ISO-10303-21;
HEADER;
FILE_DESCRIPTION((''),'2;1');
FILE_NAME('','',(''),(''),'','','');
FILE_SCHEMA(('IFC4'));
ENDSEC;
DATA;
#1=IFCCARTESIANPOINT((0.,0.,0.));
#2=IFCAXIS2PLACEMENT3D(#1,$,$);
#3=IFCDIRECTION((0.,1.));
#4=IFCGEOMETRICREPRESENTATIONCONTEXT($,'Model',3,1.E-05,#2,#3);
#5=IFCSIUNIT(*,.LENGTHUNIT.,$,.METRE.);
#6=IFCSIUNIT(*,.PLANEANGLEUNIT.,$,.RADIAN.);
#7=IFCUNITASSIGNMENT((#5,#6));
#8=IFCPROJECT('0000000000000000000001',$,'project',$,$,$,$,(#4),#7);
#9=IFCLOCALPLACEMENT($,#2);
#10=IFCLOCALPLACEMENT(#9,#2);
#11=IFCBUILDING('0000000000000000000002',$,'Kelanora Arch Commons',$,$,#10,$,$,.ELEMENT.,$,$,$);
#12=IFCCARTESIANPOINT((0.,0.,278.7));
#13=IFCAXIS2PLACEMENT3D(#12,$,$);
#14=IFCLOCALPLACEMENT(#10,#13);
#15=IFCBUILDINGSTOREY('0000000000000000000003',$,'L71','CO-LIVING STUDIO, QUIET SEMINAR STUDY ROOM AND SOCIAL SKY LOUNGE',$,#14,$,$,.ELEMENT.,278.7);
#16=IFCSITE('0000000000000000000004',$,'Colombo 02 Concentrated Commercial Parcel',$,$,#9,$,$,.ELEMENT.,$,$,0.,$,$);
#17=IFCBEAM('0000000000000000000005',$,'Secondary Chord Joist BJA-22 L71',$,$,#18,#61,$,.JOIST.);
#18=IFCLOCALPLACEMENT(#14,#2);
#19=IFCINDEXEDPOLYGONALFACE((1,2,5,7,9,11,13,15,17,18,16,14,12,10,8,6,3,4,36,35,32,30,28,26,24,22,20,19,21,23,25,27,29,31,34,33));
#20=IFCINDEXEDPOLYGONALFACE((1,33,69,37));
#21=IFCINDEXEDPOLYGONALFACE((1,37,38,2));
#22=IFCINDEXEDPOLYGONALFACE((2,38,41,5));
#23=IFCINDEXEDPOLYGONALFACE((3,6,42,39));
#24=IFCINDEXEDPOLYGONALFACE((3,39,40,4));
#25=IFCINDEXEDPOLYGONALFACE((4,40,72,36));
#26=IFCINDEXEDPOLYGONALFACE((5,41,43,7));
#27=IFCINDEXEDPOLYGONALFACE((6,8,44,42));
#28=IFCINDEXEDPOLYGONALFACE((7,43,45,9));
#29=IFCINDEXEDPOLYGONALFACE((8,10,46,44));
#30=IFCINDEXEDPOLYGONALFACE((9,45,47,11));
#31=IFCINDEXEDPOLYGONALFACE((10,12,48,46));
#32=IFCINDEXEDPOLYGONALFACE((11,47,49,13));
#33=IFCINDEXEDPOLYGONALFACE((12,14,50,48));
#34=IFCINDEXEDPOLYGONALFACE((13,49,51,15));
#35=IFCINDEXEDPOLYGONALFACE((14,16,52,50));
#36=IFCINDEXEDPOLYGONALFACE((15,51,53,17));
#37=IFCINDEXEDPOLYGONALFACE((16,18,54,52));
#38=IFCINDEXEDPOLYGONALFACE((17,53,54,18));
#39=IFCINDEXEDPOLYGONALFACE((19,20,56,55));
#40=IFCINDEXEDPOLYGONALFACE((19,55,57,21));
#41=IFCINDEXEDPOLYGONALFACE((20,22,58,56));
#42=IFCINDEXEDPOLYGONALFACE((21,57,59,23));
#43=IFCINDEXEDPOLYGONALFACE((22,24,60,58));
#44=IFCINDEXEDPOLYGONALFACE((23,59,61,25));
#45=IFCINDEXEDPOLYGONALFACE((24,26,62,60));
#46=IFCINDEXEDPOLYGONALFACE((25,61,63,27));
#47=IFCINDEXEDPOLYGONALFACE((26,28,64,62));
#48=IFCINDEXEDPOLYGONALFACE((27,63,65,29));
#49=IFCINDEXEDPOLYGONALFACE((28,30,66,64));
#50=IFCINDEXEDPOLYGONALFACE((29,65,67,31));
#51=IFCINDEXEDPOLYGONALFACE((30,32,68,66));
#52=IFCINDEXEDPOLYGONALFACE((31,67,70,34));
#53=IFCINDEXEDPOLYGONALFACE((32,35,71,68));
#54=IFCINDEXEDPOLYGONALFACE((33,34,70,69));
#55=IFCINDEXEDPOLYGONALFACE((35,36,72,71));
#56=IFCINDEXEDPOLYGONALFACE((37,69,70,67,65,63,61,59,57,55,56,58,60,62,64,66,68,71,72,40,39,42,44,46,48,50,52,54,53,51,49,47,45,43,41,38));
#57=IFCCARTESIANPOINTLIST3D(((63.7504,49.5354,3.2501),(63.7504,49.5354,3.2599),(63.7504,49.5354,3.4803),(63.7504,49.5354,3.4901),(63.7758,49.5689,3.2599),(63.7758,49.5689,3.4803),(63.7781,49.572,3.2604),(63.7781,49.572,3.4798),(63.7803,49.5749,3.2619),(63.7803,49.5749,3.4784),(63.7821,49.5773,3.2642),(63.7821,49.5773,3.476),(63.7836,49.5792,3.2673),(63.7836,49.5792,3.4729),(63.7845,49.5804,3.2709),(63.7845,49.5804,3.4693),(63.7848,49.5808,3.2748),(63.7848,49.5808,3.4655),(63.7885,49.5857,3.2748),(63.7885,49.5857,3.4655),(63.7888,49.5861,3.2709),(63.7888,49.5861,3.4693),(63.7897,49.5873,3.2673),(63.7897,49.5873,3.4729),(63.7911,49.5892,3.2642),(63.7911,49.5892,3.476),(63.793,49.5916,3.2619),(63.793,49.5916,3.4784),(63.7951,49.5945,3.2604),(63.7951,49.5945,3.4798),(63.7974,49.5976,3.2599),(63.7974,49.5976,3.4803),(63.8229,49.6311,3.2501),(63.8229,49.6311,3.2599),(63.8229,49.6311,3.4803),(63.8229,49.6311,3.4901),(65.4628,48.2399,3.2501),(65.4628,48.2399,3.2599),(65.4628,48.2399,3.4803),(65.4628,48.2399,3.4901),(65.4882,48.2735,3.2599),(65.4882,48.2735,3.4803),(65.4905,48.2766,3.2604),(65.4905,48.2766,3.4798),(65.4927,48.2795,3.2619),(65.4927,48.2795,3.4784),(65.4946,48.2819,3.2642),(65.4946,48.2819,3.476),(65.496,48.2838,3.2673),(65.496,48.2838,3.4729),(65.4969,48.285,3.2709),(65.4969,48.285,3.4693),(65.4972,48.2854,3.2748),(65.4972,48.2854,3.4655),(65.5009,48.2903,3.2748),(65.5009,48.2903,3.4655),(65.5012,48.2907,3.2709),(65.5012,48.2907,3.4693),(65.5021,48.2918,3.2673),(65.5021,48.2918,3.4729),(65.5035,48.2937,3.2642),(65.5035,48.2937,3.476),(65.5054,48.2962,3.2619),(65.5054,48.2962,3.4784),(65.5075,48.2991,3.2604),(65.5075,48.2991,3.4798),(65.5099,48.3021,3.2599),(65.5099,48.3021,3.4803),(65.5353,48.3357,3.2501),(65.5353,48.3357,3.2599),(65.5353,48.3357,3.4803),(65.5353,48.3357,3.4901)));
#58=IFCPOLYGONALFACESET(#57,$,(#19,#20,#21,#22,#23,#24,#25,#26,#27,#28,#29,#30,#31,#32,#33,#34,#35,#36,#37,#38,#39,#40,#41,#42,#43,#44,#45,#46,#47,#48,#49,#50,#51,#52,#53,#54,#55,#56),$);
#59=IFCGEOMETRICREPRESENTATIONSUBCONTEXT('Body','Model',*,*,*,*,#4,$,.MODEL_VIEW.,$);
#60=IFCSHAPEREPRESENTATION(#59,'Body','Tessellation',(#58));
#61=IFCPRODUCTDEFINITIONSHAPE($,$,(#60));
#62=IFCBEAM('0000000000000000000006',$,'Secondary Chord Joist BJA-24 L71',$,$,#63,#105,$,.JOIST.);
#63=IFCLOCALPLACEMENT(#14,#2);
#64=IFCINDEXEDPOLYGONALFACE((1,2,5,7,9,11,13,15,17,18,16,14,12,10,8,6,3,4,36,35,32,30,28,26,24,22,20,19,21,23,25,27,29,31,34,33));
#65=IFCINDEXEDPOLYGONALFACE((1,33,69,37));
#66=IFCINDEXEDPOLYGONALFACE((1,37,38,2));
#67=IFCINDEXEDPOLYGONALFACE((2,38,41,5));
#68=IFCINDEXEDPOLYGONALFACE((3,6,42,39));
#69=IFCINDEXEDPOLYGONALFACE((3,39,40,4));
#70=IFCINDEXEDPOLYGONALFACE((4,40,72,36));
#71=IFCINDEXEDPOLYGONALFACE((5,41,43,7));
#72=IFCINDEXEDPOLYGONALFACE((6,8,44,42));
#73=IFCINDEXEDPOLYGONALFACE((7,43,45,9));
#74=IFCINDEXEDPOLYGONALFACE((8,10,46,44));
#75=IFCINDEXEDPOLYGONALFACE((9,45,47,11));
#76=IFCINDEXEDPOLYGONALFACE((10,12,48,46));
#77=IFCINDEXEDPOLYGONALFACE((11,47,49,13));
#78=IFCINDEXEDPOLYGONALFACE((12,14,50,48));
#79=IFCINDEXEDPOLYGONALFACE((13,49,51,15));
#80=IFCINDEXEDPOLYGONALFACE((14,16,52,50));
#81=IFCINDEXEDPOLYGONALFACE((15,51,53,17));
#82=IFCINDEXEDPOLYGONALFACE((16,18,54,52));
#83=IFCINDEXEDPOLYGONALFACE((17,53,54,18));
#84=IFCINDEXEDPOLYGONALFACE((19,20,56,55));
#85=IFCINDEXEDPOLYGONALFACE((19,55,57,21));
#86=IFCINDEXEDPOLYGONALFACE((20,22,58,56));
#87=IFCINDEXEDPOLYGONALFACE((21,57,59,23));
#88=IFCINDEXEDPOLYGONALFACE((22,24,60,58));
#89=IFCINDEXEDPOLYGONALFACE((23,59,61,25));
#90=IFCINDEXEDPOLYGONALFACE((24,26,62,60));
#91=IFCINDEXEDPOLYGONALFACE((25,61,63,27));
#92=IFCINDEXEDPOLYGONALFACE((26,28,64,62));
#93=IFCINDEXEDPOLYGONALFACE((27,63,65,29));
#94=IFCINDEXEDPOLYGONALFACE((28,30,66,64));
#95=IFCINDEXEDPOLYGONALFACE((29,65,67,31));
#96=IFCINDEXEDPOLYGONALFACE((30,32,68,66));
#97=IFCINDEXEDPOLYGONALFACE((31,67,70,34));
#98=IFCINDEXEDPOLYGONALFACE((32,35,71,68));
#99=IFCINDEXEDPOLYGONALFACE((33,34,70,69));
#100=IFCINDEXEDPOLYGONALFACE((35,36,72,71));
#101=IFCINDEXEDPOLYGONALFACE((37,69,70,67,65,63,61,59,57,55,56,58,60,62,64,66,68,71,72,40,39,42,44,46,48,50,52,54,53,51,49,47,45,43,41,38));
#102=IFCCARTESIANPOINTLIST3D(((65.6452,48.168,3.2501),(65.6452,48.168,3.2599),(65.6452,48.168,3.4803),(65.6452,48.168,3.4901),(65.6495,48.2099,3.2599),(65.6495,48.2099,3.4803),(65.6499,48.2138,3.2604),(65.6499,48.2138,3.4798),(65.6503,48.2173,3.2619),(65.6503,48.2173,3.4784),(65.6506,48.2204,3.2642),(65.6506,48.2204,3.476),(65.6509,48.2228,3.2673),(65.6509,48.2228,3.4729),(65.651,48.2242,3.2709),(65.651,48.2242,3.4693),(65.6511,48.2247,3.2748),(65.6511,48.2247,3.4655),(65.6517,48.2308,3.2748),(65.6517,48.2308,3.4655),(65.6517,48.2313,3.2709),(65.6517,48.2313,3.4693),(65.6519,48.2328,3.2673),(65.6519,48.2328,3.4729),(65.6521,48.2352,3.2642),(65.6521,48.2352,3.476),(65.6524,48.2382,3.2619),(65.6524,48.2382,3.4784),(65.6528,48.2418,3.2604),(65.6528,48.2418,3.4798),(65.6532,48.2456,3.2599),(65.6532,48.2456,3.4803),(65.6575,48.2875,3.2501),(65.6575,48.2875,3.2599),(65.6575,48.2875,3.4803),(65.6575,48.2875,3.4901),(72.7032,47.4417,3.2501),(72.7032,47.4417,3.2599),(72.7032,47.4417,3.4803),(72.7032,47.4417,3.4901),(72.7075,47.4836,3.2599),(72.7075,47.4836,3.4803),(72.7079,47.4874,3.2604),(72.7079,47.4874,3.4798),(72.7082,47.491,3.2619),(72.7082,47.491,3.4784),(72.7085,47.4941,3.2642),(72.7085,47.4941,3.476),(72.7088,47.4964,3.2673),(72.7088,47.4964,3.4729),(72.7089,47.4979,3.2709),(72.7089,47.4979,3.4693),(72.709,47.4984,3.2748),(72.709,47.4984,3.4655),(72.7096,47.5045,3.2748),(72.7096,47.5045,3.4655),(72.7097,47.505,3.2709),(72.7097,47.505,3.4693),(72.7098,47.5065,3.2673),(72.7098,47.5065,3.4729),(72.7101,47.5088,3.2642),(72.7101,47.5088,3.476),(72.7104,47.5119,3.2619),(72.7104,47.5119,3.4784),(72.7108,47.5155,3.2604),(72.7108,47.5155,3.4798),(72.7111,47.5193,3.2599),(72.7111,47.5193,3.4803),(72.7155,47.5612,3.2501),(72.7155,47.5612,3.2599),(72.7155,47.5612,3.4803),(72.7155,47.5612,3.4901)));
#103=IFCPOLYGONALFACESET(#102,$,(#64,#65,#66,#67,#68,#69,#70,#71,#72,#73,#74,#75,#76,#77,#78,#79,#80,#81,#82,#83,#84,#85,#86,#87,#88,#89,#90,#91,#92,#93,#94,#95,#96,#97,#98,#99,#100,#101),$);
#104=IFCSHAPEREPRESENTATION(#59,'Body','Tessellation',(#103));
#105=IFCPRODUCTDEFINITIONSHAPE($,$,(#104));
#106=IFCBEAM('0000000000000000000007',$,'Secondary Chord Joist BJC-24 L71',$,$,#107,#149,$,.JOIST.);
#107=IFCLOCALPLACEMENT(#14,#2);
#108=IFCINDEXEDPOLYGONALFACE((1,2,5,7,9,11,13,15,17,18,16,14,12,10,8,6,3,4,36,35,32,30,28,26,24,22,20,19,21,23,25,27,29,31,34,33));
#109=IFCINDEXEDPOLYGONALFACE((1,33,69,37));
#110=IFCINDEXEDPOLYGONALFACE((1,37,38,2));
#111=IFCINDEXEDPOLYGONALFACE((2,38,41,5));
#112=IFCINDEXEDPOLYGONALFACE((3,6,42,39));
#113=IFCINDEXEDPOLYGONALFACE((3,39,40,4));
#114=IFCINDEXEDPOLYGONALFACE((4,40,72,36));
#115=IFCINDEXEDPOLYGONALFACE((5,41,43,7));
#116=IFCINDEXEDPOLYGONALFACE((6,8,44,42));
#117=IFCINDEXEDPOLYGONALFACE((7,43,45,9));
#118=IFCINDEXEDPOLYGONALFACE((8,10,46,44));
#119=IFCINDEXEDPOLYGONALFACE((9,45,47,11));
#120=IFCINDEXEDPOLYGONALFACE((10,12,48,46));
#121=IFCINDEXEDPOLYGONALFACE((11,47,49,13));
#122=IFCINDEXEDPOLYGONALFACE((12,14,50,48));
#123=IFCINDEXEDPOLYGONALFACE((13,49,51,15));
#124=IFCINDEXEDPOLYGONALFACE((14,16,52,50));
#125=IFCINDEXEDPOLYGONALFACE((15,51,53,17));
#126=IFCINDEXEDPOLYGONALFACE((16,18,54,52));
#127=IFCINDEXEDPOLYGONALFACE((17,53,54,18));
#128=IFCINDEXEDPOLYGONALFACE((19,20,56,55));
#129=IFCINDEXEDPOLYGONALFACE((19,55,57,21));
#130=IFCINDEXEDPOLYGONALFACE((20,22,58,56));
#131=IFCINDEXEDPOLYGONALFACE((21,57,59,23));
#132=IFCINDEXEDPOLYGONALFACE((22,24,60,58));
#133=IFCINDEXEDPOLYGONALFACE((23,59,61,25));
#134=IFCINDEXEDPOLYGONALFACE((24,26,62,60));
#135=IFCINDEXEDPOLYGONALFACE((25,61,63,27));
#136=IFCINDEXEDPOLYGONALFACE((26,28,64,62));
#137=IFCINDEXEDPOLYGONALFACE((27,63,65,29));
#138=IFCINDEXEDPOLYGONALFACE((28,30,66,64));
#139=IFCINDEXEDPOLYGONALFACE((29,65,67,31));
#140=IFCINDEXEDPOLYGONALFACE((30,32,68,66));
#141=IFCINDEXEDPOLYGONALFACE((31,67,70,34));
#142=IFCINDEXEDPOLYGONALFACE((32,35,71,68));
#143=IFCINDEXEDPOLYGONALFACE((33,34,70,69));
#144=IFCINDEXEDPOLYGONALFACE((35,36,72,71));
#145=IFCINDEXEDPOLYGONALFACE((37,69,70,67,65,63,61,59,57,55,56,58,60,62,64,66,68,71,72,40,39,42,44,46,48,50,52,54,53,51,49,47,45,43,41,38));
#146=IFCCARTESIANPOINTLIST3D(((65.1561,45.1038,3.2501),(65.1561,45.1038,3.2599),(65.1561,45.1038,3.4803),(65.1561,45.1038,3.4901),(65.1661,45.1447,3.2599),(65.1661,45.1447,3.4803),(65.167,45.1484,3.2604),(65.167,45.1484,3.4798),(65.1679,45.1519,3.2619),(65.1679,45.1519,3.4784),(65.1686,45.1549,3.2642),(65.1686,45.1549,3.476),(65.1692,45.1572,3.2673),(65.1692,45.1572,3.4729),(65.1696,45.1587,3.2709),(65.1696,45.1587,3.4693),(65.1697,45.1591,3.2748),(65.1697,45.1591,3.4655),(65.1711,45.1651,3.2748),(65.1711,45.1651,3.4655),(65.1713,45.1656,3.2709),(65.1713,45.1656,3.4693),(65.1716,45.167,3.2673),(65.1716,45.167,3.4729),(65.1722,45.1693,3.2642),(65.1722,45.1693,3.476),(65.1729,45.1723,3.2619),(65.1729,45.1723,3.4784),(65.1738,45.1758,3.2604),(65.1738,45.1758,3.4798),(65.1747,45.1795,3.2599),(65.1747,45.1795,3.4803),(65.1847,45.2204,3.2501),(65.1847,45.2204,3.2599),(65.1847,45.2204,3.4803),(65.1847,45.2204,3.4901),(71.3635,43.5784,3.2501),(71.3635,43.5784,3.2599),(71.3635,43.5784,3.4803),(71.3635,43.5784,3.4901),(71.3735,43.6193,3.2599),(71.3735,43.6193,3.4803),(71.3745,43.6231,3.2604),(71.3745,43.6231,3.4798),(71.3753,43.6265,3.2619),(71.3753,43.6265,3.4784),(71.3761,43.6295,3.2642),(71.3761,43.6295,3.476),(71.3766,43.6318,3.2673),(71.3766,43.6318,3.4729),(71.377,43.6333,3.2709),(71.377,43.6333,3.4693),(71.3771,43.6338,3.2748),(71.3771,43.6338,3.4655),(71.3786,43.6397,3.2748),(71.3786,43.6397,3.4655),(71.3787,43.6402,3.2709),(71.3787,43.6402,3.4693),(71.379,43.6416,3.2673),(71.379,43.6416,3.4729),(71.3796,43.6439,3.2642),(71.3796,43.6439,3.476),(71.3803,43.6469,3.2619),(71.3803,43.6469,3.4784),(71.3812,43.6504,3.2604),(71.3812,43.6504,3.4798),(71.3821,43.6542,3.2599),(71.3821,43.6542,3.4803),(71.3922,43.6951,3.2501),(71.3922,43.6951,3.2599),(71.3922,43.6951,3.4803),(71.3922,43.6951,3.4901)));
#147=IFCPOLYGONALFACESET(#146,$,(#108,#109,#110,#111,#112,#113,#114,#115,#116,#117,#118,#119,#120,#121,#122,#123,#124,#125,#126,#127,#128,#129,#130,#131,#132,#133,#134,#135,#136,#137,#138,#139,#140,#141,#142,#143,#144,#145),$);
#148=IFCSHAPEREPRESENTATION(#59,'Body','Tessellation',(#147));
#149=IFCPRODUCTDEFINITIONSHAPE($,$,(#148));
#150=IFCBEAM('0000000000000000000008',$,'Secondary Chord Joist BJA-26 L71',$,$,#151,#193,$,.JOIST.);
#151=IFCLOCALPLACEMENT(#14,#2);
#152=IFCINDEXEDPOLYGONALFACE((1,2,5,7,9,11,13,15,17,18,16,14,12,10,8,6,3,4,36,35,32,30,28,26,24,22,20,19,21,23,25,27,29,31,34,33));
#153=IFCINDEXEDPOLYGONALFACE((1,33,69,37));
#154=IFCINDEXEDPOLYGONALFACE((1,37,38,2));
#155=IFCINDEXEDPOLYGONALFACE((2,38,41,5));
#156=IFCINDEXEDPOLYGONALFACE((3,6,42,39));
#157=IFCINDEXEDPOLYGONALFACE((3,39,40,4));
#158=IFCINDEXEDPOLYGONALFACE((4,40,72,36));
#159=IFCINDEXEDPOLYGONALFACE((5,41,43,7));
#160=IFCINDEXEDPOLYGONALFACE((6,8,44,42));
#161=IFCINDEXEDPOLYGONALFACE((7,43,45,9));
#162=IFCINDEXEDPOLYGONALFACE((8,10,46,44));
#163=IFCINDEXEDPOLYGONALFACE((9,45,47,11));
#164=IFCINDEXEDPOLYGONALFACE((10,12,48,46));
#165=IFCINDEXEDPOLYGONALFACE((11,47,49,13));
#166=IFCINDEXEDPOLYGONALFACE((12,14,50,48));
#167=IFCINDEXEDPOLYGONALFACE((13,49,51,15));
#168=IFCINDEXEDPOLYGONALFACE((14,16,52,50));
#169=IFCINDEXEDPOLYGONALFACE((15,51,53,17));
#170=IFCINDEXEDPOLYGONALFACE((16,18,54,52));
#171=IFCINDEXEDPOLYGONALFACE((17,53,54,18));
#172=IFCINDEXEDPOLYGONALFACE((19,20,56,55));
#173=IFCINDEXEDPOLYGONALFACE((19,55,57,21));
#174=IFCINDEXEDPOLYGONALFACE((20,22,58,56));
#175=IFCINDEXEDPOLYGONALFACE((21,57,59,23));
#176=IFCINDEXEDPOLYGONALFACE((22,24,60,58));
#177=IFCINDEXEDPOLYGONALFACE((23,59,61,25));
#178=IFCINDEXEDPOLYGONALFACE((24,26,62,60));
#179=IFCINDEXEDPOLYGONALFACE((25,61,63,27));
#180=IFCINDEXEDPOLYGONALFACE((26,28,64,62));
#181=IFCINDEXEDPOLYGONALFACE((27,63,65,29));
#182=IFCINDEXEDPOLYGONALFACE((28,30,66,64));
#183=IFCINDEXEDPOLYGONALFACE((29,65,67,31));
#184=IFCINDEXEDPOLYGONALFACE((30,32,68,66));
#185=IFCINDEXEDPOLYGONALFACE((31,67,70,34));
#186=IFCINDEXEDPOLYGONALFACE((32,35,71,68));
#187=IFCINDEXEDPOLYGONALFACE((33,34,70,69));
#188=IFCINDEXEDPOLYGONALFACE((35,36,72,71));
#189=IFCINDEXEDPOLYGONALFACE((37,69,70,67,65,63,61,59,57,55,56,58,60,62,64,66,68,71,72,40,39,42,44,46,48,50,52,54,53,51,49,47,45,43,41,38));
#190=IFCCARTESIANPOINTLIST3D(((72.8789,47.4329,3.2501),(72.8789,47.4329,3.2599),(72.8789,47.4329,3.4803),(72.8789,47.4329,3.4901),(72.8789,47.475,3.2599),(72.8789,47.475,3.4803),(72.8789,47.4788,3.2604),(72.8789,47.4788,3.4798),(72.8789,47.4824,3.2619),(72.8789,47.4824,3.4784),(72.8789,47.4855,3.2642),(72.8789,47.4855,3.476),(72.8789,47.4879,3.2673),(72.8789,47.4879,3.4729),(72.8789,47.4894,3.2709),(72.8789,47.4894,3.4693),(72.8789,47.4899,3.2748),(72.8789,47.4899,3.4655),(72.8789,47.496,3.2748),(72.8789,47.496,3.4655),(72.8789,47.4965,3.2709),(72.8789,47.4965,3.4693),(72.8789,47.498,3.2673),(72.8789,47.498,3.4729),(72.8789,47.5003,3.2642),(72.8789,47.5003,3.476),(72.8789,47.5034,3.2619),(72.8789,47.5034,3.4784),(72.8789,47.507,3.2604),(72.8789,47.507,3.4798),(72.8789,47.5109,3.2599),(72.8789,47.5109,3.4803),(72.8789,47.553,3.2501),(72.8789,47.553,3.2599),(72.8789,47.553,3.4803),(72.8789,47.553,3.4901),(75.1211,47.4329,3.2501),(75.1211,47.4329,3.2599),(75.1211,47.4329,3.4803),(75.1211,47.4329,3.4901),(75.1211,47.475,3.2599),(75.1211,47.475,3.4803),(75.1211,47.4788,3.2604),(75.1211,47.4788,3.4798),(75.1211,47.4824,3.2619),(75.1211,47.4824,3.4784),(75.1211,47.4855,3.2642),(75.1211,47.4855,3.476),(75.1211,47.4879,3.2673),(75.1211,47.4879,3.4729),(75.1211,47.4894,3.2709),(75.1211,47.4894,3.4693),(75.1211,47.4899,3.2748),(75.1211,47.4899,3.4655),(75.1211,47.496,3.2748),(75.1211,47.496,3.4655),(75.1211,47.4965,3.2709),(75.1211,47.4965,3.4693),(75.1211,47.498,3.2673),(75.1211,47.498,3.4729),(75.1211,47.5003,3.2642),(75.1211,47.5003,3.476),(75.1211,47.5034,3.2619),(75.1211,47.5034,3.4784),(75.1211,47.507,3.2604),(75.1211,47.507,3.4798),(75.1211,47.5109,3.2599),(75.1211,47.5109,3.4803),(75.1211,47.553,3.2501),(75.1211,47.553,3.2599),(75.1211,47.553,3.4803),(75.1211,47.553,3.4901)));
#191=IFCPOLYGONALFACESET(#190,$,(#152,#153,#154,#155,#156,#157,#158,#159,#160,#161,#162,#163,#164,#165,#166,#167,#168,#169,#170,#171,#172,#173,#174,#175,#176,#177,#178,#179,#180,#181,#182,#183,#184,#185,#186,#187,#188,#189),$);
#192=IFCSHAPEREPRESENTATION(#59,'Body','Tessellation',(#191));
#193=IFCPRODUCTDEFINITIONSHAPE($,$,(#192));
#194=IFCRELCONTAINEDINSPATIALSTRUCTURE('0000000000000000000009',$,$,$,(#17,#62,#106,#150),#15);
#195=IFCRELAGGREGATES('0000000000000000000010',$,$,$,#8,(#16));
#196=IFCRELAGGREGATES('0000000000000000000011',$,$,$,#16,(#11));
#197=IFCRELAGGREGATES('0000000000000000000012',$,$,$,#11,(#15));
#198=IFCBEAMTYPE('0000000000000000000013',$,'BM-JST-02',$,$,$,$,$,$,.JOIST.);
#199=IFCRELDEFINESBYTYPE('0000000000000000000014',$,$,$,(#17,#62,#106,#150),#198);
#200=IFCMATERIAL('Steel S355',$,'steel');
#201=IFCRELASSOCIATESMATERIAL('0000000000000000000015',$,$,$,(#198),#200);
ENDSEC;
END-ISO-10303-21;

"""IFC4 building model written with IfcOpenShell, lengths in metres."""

from ifc_helpers import new_model, si_unit, direction, frame, origin, origin_2d, place, context, subcontext, project, spatial, i_section, extrude, material, material_profile, profile_set, type_object, element, save


model = new_model("IFC4")

# Units and contexts
model_context = context("Model", 3, precision=1e-05, world=origin(), true_north=direction((0.0, 1.0)))
body_context = subcontext(model_context, "Body", "Model", "MODEL_VIEW")
ifc_project = project(units=[si_unit("LENGTHUNIT", "METRE"), si_unit("PLANEANGLEUNIT", "RADIAN")], contexts=[model_context])

# Site, building, storey
site_placement = place(None, origin())
site = spatial("IfcSite", under=ifc_project, at=site_placement, Name="Colombo 02 Concentrated Commercial Parcel", CompositionType="ELEMENT", RefElevation=0.0)
building_placement = place(site_placement, origin())
building = spatial("IfcBuilding", under=site, at=building_placement, Name="Kelanora Arch Commons", CompositionType="ELEMENT")
storey_placement = place(building_placement, frame((0.0, 0.0, 278.7)))
storey = spatial("IfcBuildingStorey", under=building, at=storey_placement, Name="L71", Description="CO-LIVING STUDIO, QUIET SEMINAR STUDY ROOM AND SOCIAL SKY LOUNGE", CompositionType="ELEMENT", Elevation=278.7)

# Beams
ifc_material_1 = material(Name="Steel S355", Category="steel")
ifc_material_profile_1 = material_profile(ifc_material_1, i_section(OverallWidth=0.1201, OverallDepth=0.24, WebThickness=0.0061, FlangeThickness=0.0098, FilletRadius=0.0149, at=origin_2d()), Name="IPE240")
ifc_profile_set_1 = profile_set([ifc_material_profile_1], Name="Steel S355")
beam_type_1 = type_object("IfcBeamType", Name="BM-JST-02", PredefinedType="JOIST", material=ifc_profile_set_1)
beam_1_placement = place(storey_placement, frame((63.7866, 49.5833, 3.3701), z_axis=(0.79751, -0.603306, 0.0), x_axis=(0.603306, 0.79751, 0.0)))
element("IfcBeam", 1, at=beam_1_placement, inside=storey, type_object=beam_type_1, Name="Secondary Chord Joist BJA-22 L71", PredefinedType="JOIST", context=body_context, shape_type="SweptSolid", body=[
    extrude(i_section(OverallWidth=0.1201, OverallDepth=0.24, WebThickness=0.0061, FlangeThickness=0.0098, FilletRadius=0.0149, at=origin_2d()), origin(), (0.0, 0.0, 1.0), 2.1472),
])
beam_2_placement = place(storey_placement, frame((65.6514, 48.2278, 3.3701), z_axis=(0.994747, -0.102369, 0.0), x_axis=(0.102369, 0.994747, 0.0)))
element("IfcBeam", 2, at=beam_2_placement, inside=storey, type_object=beam_type_1, Name="Secondary Chord Joist BJA-24 L71", PredefinedType="JOIST", context=body_context, shape_type="SweptSolid", body=[
    extrude(i_section(OverallWidth=0.1201, OverallDepth=0.24, WebThickness=0.0061, FlangeThickness=0.0098, FilletRadius=0.0149, at=origin_2d()), origin(), (0.0, 0.0, 1.0), 7.0952),
])
beam_3_placement = place(storey_placement, frame((65.1704, 45.1621, 3.3701), z_axis=(0.97111, -0.238633, 0.0), x_axis=(0.238633, 0.97111, 0.0)))
element("IfcBeam", 3, at=beam_3_placement, inside=storey, type_object=beam_type_1, Name="Secondary Chord Joist BJC-24 L71", PredefinedType="JOIST", context=body_context, shape_type="SweptSolid", body=[
    extrude(i_section(OverallWidth=0.1201, OverallDepth=0.24, WebThickness=0.0061, FlangeThickness=0.0098, FilletRadius=0.0149, at=origin_2d()), origin(), (0.0, 0.0, 1.0), 6.3921),
])
beam_4_placement = place(storey_placement, frame((72.8789, 47.4929, 3.3701), z_axis=(1.0, 0.0, 0.0), x_axis=(0.0, 1.0, 0.0)))
element("IfcBeam", 4, at=beam_4_placement, inside=storey, type_object=beam_type_1, Name="Secondary Chord Joist BJA-26 L71", PredefinedType="JOIST", context=body_context, shape_type="SweptSolid", body=[
    extrude(i_section(OverallWidth=0.1201, OverallDepth=0.24, WebThickness=0.0061, FlangeThickness=0.0098, FilletRadius=0.0149, at=origin_2d()), origin(), (0.0, 0.0, 1.0), 2.2422),
])

save(model, "model.ifc")
